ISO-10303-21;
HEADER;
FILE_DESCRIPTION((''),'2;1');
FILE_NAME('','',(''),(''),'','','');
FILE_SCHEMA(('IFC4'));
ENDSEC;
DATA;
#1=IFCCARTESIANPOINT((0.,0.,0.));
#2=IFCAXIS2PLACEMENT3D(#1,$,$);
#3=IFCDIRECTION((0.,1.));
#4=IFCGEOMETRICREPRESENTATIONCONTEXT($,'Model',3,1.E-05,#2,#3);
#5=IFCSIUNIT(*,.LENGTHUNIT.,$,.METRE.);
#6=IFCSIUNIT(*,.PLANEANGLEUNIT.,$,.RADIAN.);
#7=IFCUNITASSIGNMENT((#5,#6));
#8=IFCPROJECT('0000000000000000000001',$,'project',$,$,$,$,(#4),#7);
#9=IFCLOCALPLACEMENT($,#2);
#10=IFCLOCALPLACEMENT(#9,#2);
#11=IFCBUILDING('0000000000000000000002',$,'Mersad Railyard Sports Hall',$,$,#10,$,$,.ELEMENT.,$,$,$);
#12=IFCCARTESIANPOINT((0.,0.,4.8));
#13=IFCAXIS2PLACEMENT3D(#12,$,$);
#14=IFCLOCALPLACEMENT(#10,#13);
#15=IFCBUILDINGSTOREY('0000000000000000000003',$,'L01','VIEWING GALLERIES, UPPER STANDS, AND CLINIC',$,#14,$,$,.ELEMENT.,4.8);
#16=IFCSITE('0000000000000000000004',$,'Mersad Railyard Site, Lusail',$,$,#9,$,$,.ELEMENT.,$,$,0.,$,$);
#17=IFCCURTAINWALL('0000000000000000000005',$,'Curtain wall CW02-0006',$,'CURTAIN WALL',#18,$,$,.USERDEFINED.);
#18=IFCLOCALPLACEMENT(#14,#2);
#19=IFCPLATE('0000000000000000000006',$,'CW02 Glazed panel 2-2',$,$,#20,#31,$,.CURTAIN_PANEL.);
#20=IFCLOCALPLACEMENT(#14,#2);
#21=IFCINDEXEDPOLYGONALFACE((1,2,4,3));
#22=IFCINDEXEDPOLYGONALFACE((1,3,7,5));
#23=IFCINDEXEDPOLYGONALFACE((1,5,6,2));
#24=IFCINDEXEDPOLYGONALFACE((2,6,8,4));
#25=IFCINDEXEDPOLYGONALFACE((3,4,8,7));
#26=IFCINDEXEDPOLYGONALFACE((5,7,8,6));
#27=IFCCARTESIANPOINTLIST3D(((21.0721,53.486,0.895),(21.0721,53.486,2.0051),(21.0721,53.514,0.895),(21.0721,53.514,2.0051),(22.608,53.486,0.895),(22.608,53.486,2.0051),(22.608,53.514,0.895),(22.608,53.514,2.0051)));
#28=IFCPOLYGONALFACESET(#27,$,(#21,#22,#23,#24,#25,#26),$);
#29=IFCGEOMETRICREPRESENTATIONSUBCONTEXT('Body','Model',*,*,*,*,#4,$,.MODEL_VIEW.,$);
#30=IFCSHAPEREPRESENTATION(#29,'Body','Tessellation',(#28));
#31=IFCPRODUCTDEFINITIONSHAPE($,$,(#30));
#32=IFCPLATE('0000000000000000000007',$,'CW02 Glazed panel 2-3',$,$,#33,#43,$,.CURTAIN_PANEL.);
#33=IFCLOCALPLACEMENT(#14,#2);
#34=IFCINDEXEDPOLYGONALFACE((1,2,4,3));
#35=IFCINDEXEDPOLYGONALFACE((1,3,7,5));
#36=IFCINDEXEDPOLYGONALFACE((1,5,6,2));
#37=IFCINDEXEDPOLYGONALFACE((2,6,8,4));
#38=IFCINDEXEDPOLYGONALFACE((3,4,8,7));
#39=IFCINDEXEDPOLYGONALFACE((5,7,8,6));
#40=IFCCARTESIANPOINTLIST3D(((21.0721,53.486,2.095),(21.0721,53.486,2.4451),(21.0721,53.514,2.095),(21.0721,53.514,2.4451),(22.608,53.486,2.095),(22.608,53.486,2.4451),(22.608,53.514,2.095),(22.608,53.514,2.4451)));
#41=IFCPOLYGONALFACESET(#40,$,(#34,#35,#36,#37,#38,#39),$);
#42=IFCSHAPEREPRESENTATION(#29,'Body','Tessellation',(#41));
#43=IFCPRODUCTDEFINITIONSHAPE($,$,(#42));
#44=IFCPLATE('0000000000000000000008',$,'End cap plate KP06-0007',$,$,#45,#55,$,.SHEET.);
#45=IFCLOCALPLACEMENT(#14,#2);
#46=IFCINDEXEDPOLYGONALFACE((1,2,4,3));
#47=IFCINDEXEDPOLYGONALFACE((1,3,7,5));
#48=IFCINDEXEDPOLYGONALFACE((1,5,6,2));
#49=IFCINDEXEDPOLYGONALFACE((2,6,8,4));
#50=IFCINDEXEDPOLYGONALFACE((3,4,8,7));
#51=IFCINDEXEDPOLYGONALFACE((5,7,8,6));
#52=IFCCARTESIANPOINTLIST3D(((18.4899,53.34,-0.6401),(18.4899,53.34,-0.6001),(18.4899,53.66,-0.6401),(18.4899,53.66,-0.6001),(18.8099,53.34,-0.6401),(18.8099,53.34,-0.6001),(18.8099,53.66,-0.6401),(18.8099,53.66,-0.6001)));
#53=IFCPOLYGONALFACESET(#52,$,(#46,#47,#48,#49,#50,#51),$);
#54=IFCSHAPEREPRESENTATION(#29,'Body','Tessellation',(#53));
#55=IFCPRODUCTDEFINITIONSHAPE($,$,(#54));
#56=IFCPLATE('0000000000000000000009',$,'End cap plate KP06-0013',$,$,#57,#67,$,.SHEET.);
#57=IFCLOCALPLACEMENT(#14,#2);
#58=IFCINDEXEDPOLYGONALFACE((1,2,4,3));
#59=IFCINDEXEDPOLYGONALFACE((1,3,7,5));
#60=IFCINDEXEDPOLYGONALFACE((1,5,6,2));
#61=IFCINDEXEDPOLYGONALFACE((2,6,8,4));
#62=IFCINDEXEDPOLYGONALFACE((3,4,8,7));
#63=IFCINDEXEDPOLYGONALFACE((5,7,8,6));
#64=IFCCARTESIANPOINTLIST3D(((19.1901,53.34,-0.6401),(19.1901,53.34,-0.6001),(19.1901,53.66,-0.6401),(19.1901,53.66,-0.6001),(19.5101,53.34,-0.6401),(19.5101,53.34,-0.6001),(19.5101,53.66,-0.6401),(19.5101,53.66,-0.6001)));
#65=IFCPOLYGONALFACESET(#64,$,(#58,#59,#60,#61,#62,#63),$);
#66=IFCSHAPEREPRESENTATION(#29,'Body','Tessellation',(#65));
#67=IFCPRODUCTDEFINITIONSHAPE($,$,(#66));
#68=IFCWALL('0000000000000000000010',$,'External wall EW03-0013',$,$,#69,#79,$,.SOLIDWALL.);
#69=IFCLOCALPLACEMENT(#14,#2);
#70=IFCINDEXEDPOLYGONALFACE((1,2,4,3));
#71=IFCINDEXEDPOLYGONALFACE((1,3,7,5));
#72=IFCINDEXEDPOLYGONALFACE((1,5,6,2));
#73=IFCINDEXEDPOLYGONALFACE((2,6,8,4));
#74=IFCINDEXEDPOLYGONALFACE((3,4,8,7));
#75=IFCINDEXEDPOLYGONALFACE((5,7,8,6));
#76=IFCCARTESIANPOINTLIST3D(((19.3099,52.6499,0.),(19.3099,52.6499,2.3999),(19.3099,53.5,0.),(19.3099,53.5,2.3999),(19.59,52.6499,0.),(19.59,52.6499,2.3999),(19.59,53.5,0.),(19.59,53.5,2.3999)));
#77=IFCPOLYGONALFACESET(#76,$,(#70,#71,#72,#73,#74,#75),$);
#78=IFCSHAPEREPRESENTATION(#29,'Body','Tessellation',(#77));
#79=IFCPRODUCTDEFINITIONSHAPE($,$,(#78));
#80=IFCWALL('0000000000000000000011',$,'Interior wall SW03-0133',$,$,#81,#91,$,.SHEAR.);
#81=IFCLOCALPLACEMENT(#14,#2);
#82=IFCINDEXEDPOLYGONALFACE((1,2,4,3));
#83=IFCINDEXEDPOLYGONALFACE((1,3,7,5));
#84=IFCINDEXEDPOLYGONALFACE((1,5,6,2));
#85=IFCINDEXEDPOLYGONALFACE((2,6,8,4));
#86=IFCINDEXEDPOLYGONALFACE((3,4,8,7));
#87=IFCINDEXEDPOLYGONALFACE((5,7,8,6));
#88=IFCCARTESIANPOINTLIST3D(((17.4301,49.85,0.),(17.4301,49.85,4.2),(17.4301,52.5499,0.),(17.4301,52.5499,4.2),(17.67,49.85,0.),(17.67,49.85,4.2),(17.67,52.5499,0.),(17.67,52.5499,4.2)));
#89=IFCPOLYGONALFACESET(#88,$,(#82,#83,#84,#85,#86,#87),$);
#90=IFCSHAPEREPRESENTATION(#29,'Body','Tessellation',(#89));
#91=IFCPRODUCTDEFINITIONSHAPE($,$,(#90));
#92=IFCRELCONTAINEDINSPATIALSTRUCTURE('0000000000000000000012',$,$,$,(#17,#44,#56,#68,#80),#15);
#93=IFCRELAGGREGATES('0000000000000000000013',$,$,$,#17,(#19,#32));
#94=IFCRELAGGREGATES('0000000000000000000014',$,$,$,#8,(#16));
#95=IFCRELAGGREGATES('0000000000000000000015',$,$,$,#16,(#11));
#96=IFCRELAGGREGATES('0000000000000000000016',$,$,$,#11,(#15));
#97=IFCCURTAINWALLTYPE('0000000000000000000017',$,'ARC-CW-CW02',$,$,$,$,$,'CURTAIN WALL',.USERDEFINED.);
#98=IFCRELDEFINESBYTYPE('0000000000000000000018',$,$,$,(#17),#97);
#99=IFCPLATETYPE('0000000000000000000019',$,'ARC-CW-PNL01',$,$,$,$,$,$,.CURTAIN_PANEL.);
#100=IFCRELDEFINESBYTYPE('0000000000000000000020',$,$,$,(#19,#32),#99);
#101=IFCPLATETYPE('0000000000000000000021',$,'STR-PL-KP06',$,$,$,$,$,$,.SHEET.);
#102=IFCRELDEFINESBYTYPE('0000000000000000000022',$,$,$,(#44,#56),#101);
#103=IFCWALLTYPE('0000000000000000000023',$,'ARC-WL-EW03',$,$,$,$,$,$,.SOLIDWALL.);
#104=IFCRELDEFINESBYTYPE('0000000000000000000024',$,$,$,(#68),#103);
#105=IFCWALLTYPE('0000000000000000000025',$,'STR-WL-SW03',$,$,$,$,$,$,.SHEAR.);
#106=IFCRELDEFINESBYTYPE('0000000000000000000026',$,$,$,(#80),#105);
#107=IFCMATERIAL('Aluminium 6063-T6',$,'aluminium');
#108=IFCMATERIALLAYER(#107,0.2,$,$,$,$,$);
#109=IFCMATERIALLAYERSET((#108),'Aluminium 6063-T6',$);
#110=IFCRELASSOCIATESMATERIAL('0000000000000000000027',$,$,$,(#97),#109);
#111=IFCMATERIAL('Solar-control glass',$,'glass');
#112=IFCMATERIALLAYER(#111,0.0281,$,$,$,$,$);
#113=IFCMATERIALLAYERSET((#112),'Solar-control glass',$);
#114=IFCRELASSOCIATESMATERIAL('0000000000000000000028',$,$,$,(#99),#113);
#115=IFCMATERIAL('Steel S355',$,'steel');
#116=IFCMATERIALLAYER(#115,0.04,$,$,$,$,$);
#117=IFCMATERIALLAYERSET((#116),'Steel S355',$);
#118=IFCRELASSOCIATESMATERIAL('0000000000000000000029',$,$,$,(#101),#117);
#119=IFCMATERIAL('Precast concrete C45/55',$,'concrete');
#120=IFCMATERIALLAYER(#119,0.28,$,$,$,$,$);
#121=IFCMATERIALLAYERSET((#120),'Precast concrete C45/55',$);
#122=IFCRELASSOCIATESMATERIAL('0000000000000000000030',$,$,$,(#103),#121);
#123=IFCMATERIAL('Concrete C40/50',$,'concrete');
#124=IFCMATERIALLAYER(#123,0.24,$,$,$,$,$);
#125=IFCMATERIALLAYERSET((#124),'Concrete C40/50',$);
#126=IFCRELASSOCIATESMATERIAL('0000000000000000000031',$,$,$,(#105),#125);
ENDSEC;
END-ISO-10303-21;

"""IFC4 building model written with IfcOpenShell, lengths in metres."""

from ifc_helpers import new_model, si_unit, direction, frame, frame_2d, origin, origin_2d, place, context, subcontext, project, spatial, rectangle, extrude, material, layer, layer_set, type_object, element, aggregate, save


model = new_model("IFC4")

# Units and contexts
model_context = context("Model", 3, precision=1e-05, world=origin(), true_north=direction((0.0, 1.0)))
body_context = subcontext(model_context, "Body", "Model", "MODEL_VIEW")
ifc_project = project(units=[si_unit("LENGTHUNIT", "METRE"), si_unit("PLANEANGLEUNIT", "RADIAN")], contexts=[model_context])

# Site, building, storey
site_placement = place(None, origin())
site = spatial("IfcSite", under=ifc_project, at=site_placement, Name="Mersad Railyard Site, Lusail", CompositionType="ELEMENT", RefElevation=0.0)
building_placement = place(site_placement, origin())
building = spatial("IfcBuilding", under=site, at=building_placement, Name="Mersad Railyard Sports Hall", CompositionType="ELEMENT")
storey_placement = place(building_placement, frame((0.0, 0.0, 4.8)))
storey = spatial("IfcBuildingStorey", under=building, at=storey_placement, Name="L01", Description="VIEWING GALLERIES, UPPER STANDS, AND CLINIC", CompositionType="ELEMENT", Elevation=4.8)

# Shared definitions
ifc_material_1 = material(Name="Aluminium 6063-T6", Category="aluminium")
ifc_layer_1 = layer(ifc_material_1, 0.2)
ifc_layer_set_1 = layer_set([ifc_layer_1], Name="Aluminium 6063-T6")
curtain_wall_type = type_object("IfcCurtainWallType", Name="ARC-CW-CW02", ElementType="CURTAIN WALL", PredefinedType="USERDEFINED", material=ifc_layer_set_1)

# Curtain wall
curtain_wall_1_placement = place(storey_placement, origin())
curtain_wall_1 = element("IfcCurtainWall", 1, at=curtain_wall_1_placement, inside=storey, type_object=curtain_wall_type, Name="Curtain wall CW02-0006", ObjectType="CURTAIN WALL", PredefinedType="USERDEFINED")

# Shared definitions
ifc_material_2 = material(Name="Concrete C40/50", Category="concrete")

# Shared definitions
ifc_material_3 = material(Name="Steel S355", Category="steel")

# Plates
ifc_material_4 = material(Name="Solar-control glass", Category="glass")
ifc_layer_2 = layer(ifc_material_4, 0.0281)
ifc_layer_set_2 = layer_set([ifc_layer_2], Name="Solar-control glass")
plate_type_1 = type_object("IfcPlateType", Name="ARC-CW-PNL01", PredefinedType="CURTAIN_PANEL", material=ifc_layer_set_2)
plate_1_placement = place(storey_placement, frame((21.8401, 53.5, 0.895), z_axis=(0.0, 0.0, 1.0), x_axis=(1.0, 0.0, 0.0)))
plate_1 = element("IfcPlate", 2, at=plate_1_placement, type_object=plate_type_1, Name="CW02 Glazed panel 2-2", PredefinedType="CURTAIN_PANEL", context=body_context, shape_type="SweptSolid", body=[
    extrude(rectangle(XDim=1.5359, YDim=0.0281, at=origin_2d()), origin(), (0.0, 0.0, 1.0), 1.1101),
])
plate_2_placement = place(storey_placement, frame((21.8401, 53.5, 2.095), z_axis=(0.0, 0.0, 1.0), x_axis=(1.0, 0.0, 0.0)))
plate_2 = element("IfcPlate", 3, at=plate_2_placement, type_object=plate_type_1, Name="CW02 Glazed panel 2-3", PredefinedType="CURTAIN_PANEL", context=body_context, shape_type="SweptSolid", body=[
    extrude(rectangle(XDim=1.5359, YDim=0.0281, at=origin_2d()), origin(), (0.0, 0.0, 1.0), 0.3501),
])
aggregate(curtain_wall_1, [plate_1, plate_2])

# Plates
ifc_layer_3 = layer(ifc_material_3, 0.04)
ifc_layer_set_3 = layer_set([ifc_layer_3], Name="Steel S355")
plate_type_2 = type_object("IfcPlateType", Name="STR-PL-KP06", PredefinedType="SHEET", material=ifc_layer_set_3)
for number, where, z_axis, x_axis, name in (
    (4, (18.6499, 53.5, -0.6401), (0.0, 0.0, 1.0), (1.0, 0.0, 0.0), "End cap plate KP06-0007"),
    (5, (19.3501, 53.5, -0.6401), (0.0, 0.0, 1.0), (1.0, 0.0, 0.0), "End cap plate KP06-0013"),
):
    element("IfcPlate", number, at=place(storey_placement, frame(where, z_axis=z_axis, x_axis=x_axis)), inside=storey, type_object=plate_type_2, Name=name, PredefinedType="SHEET", context=body_context, shape_type="SweptSolid", body=[
        extrude(rectangle(XDim=0.3201, YDim=0.3201, at=origin_2d()), origin(), (0.0, 0.0, 1.0), 0.04),
    ])

# Walls
ifc_material_5 = material(Name="Precast concrete C45/55", Category="concrete")
ifc_layer_4 = layer(ifc_material_5, 0.28)
ifc_layer_set_4 = layer_set([ifc_layer_4], Name="Precast concrete C45/55")
wall_type_1 = type_object("IfcWallType", Name="ARC-WL-EW03", PredefinedType="SOLIDWALL", material=ifc_layer_set_4)
wall_1_placement = place(storey_placement, frame((19.45, 52.6499, 0.0), z_axis=(0.0, 0.0, 1.0), x_axis=(0.0, 1.0, 0.0)))
element("IfcWall", 6, at=wall_1_placement, inside=storey, type_object=wall_type_1, Name="External wall EW03-0013", PredefinedType="SOLIDWALL", context=body_context, shape_type="SweptSolid", body=[
    extrude(rectangle(XDim=0.8501, YDim=0.28, at=frame_2d((0.425, 0.0))), origin(), (0.0, 0.0, 1.0), 2.3999),
])
ifc_layer_5 = layer(ifc_material_2, 0.24)
ifc_layer_set_5 = layer_set([ifc_layer_5], Name="Concrete C40/50")
wall_type_2 = type_object("IfcWallType", Name="STR-WL-SW03", PredefinedType="SHEAR", material=ifc_layer_set_5)
wall_2_placement = place(storey_placement, frame((17.55, 52.55, 0.0), z_axis=(0.0, 0.0, 1.0), x_axis=(0.0, -1.0, 0.0)))
element("IfcWall", 7, at=wall_2_placement, inside=storey, type_object=wall_type_2, Name="Interior wall SW03-0133", PredefinedType="SHEAR", context=body_context, shape_type="SweptSolid", body=[
    extrude(rectangle(XDim=2.7, YDim=0.24, at=frame_2d((1.3501, 0.0))), origin(), (0.0, 0.0, 1.0), 4.2),
])

save(model, "model.ifc")
